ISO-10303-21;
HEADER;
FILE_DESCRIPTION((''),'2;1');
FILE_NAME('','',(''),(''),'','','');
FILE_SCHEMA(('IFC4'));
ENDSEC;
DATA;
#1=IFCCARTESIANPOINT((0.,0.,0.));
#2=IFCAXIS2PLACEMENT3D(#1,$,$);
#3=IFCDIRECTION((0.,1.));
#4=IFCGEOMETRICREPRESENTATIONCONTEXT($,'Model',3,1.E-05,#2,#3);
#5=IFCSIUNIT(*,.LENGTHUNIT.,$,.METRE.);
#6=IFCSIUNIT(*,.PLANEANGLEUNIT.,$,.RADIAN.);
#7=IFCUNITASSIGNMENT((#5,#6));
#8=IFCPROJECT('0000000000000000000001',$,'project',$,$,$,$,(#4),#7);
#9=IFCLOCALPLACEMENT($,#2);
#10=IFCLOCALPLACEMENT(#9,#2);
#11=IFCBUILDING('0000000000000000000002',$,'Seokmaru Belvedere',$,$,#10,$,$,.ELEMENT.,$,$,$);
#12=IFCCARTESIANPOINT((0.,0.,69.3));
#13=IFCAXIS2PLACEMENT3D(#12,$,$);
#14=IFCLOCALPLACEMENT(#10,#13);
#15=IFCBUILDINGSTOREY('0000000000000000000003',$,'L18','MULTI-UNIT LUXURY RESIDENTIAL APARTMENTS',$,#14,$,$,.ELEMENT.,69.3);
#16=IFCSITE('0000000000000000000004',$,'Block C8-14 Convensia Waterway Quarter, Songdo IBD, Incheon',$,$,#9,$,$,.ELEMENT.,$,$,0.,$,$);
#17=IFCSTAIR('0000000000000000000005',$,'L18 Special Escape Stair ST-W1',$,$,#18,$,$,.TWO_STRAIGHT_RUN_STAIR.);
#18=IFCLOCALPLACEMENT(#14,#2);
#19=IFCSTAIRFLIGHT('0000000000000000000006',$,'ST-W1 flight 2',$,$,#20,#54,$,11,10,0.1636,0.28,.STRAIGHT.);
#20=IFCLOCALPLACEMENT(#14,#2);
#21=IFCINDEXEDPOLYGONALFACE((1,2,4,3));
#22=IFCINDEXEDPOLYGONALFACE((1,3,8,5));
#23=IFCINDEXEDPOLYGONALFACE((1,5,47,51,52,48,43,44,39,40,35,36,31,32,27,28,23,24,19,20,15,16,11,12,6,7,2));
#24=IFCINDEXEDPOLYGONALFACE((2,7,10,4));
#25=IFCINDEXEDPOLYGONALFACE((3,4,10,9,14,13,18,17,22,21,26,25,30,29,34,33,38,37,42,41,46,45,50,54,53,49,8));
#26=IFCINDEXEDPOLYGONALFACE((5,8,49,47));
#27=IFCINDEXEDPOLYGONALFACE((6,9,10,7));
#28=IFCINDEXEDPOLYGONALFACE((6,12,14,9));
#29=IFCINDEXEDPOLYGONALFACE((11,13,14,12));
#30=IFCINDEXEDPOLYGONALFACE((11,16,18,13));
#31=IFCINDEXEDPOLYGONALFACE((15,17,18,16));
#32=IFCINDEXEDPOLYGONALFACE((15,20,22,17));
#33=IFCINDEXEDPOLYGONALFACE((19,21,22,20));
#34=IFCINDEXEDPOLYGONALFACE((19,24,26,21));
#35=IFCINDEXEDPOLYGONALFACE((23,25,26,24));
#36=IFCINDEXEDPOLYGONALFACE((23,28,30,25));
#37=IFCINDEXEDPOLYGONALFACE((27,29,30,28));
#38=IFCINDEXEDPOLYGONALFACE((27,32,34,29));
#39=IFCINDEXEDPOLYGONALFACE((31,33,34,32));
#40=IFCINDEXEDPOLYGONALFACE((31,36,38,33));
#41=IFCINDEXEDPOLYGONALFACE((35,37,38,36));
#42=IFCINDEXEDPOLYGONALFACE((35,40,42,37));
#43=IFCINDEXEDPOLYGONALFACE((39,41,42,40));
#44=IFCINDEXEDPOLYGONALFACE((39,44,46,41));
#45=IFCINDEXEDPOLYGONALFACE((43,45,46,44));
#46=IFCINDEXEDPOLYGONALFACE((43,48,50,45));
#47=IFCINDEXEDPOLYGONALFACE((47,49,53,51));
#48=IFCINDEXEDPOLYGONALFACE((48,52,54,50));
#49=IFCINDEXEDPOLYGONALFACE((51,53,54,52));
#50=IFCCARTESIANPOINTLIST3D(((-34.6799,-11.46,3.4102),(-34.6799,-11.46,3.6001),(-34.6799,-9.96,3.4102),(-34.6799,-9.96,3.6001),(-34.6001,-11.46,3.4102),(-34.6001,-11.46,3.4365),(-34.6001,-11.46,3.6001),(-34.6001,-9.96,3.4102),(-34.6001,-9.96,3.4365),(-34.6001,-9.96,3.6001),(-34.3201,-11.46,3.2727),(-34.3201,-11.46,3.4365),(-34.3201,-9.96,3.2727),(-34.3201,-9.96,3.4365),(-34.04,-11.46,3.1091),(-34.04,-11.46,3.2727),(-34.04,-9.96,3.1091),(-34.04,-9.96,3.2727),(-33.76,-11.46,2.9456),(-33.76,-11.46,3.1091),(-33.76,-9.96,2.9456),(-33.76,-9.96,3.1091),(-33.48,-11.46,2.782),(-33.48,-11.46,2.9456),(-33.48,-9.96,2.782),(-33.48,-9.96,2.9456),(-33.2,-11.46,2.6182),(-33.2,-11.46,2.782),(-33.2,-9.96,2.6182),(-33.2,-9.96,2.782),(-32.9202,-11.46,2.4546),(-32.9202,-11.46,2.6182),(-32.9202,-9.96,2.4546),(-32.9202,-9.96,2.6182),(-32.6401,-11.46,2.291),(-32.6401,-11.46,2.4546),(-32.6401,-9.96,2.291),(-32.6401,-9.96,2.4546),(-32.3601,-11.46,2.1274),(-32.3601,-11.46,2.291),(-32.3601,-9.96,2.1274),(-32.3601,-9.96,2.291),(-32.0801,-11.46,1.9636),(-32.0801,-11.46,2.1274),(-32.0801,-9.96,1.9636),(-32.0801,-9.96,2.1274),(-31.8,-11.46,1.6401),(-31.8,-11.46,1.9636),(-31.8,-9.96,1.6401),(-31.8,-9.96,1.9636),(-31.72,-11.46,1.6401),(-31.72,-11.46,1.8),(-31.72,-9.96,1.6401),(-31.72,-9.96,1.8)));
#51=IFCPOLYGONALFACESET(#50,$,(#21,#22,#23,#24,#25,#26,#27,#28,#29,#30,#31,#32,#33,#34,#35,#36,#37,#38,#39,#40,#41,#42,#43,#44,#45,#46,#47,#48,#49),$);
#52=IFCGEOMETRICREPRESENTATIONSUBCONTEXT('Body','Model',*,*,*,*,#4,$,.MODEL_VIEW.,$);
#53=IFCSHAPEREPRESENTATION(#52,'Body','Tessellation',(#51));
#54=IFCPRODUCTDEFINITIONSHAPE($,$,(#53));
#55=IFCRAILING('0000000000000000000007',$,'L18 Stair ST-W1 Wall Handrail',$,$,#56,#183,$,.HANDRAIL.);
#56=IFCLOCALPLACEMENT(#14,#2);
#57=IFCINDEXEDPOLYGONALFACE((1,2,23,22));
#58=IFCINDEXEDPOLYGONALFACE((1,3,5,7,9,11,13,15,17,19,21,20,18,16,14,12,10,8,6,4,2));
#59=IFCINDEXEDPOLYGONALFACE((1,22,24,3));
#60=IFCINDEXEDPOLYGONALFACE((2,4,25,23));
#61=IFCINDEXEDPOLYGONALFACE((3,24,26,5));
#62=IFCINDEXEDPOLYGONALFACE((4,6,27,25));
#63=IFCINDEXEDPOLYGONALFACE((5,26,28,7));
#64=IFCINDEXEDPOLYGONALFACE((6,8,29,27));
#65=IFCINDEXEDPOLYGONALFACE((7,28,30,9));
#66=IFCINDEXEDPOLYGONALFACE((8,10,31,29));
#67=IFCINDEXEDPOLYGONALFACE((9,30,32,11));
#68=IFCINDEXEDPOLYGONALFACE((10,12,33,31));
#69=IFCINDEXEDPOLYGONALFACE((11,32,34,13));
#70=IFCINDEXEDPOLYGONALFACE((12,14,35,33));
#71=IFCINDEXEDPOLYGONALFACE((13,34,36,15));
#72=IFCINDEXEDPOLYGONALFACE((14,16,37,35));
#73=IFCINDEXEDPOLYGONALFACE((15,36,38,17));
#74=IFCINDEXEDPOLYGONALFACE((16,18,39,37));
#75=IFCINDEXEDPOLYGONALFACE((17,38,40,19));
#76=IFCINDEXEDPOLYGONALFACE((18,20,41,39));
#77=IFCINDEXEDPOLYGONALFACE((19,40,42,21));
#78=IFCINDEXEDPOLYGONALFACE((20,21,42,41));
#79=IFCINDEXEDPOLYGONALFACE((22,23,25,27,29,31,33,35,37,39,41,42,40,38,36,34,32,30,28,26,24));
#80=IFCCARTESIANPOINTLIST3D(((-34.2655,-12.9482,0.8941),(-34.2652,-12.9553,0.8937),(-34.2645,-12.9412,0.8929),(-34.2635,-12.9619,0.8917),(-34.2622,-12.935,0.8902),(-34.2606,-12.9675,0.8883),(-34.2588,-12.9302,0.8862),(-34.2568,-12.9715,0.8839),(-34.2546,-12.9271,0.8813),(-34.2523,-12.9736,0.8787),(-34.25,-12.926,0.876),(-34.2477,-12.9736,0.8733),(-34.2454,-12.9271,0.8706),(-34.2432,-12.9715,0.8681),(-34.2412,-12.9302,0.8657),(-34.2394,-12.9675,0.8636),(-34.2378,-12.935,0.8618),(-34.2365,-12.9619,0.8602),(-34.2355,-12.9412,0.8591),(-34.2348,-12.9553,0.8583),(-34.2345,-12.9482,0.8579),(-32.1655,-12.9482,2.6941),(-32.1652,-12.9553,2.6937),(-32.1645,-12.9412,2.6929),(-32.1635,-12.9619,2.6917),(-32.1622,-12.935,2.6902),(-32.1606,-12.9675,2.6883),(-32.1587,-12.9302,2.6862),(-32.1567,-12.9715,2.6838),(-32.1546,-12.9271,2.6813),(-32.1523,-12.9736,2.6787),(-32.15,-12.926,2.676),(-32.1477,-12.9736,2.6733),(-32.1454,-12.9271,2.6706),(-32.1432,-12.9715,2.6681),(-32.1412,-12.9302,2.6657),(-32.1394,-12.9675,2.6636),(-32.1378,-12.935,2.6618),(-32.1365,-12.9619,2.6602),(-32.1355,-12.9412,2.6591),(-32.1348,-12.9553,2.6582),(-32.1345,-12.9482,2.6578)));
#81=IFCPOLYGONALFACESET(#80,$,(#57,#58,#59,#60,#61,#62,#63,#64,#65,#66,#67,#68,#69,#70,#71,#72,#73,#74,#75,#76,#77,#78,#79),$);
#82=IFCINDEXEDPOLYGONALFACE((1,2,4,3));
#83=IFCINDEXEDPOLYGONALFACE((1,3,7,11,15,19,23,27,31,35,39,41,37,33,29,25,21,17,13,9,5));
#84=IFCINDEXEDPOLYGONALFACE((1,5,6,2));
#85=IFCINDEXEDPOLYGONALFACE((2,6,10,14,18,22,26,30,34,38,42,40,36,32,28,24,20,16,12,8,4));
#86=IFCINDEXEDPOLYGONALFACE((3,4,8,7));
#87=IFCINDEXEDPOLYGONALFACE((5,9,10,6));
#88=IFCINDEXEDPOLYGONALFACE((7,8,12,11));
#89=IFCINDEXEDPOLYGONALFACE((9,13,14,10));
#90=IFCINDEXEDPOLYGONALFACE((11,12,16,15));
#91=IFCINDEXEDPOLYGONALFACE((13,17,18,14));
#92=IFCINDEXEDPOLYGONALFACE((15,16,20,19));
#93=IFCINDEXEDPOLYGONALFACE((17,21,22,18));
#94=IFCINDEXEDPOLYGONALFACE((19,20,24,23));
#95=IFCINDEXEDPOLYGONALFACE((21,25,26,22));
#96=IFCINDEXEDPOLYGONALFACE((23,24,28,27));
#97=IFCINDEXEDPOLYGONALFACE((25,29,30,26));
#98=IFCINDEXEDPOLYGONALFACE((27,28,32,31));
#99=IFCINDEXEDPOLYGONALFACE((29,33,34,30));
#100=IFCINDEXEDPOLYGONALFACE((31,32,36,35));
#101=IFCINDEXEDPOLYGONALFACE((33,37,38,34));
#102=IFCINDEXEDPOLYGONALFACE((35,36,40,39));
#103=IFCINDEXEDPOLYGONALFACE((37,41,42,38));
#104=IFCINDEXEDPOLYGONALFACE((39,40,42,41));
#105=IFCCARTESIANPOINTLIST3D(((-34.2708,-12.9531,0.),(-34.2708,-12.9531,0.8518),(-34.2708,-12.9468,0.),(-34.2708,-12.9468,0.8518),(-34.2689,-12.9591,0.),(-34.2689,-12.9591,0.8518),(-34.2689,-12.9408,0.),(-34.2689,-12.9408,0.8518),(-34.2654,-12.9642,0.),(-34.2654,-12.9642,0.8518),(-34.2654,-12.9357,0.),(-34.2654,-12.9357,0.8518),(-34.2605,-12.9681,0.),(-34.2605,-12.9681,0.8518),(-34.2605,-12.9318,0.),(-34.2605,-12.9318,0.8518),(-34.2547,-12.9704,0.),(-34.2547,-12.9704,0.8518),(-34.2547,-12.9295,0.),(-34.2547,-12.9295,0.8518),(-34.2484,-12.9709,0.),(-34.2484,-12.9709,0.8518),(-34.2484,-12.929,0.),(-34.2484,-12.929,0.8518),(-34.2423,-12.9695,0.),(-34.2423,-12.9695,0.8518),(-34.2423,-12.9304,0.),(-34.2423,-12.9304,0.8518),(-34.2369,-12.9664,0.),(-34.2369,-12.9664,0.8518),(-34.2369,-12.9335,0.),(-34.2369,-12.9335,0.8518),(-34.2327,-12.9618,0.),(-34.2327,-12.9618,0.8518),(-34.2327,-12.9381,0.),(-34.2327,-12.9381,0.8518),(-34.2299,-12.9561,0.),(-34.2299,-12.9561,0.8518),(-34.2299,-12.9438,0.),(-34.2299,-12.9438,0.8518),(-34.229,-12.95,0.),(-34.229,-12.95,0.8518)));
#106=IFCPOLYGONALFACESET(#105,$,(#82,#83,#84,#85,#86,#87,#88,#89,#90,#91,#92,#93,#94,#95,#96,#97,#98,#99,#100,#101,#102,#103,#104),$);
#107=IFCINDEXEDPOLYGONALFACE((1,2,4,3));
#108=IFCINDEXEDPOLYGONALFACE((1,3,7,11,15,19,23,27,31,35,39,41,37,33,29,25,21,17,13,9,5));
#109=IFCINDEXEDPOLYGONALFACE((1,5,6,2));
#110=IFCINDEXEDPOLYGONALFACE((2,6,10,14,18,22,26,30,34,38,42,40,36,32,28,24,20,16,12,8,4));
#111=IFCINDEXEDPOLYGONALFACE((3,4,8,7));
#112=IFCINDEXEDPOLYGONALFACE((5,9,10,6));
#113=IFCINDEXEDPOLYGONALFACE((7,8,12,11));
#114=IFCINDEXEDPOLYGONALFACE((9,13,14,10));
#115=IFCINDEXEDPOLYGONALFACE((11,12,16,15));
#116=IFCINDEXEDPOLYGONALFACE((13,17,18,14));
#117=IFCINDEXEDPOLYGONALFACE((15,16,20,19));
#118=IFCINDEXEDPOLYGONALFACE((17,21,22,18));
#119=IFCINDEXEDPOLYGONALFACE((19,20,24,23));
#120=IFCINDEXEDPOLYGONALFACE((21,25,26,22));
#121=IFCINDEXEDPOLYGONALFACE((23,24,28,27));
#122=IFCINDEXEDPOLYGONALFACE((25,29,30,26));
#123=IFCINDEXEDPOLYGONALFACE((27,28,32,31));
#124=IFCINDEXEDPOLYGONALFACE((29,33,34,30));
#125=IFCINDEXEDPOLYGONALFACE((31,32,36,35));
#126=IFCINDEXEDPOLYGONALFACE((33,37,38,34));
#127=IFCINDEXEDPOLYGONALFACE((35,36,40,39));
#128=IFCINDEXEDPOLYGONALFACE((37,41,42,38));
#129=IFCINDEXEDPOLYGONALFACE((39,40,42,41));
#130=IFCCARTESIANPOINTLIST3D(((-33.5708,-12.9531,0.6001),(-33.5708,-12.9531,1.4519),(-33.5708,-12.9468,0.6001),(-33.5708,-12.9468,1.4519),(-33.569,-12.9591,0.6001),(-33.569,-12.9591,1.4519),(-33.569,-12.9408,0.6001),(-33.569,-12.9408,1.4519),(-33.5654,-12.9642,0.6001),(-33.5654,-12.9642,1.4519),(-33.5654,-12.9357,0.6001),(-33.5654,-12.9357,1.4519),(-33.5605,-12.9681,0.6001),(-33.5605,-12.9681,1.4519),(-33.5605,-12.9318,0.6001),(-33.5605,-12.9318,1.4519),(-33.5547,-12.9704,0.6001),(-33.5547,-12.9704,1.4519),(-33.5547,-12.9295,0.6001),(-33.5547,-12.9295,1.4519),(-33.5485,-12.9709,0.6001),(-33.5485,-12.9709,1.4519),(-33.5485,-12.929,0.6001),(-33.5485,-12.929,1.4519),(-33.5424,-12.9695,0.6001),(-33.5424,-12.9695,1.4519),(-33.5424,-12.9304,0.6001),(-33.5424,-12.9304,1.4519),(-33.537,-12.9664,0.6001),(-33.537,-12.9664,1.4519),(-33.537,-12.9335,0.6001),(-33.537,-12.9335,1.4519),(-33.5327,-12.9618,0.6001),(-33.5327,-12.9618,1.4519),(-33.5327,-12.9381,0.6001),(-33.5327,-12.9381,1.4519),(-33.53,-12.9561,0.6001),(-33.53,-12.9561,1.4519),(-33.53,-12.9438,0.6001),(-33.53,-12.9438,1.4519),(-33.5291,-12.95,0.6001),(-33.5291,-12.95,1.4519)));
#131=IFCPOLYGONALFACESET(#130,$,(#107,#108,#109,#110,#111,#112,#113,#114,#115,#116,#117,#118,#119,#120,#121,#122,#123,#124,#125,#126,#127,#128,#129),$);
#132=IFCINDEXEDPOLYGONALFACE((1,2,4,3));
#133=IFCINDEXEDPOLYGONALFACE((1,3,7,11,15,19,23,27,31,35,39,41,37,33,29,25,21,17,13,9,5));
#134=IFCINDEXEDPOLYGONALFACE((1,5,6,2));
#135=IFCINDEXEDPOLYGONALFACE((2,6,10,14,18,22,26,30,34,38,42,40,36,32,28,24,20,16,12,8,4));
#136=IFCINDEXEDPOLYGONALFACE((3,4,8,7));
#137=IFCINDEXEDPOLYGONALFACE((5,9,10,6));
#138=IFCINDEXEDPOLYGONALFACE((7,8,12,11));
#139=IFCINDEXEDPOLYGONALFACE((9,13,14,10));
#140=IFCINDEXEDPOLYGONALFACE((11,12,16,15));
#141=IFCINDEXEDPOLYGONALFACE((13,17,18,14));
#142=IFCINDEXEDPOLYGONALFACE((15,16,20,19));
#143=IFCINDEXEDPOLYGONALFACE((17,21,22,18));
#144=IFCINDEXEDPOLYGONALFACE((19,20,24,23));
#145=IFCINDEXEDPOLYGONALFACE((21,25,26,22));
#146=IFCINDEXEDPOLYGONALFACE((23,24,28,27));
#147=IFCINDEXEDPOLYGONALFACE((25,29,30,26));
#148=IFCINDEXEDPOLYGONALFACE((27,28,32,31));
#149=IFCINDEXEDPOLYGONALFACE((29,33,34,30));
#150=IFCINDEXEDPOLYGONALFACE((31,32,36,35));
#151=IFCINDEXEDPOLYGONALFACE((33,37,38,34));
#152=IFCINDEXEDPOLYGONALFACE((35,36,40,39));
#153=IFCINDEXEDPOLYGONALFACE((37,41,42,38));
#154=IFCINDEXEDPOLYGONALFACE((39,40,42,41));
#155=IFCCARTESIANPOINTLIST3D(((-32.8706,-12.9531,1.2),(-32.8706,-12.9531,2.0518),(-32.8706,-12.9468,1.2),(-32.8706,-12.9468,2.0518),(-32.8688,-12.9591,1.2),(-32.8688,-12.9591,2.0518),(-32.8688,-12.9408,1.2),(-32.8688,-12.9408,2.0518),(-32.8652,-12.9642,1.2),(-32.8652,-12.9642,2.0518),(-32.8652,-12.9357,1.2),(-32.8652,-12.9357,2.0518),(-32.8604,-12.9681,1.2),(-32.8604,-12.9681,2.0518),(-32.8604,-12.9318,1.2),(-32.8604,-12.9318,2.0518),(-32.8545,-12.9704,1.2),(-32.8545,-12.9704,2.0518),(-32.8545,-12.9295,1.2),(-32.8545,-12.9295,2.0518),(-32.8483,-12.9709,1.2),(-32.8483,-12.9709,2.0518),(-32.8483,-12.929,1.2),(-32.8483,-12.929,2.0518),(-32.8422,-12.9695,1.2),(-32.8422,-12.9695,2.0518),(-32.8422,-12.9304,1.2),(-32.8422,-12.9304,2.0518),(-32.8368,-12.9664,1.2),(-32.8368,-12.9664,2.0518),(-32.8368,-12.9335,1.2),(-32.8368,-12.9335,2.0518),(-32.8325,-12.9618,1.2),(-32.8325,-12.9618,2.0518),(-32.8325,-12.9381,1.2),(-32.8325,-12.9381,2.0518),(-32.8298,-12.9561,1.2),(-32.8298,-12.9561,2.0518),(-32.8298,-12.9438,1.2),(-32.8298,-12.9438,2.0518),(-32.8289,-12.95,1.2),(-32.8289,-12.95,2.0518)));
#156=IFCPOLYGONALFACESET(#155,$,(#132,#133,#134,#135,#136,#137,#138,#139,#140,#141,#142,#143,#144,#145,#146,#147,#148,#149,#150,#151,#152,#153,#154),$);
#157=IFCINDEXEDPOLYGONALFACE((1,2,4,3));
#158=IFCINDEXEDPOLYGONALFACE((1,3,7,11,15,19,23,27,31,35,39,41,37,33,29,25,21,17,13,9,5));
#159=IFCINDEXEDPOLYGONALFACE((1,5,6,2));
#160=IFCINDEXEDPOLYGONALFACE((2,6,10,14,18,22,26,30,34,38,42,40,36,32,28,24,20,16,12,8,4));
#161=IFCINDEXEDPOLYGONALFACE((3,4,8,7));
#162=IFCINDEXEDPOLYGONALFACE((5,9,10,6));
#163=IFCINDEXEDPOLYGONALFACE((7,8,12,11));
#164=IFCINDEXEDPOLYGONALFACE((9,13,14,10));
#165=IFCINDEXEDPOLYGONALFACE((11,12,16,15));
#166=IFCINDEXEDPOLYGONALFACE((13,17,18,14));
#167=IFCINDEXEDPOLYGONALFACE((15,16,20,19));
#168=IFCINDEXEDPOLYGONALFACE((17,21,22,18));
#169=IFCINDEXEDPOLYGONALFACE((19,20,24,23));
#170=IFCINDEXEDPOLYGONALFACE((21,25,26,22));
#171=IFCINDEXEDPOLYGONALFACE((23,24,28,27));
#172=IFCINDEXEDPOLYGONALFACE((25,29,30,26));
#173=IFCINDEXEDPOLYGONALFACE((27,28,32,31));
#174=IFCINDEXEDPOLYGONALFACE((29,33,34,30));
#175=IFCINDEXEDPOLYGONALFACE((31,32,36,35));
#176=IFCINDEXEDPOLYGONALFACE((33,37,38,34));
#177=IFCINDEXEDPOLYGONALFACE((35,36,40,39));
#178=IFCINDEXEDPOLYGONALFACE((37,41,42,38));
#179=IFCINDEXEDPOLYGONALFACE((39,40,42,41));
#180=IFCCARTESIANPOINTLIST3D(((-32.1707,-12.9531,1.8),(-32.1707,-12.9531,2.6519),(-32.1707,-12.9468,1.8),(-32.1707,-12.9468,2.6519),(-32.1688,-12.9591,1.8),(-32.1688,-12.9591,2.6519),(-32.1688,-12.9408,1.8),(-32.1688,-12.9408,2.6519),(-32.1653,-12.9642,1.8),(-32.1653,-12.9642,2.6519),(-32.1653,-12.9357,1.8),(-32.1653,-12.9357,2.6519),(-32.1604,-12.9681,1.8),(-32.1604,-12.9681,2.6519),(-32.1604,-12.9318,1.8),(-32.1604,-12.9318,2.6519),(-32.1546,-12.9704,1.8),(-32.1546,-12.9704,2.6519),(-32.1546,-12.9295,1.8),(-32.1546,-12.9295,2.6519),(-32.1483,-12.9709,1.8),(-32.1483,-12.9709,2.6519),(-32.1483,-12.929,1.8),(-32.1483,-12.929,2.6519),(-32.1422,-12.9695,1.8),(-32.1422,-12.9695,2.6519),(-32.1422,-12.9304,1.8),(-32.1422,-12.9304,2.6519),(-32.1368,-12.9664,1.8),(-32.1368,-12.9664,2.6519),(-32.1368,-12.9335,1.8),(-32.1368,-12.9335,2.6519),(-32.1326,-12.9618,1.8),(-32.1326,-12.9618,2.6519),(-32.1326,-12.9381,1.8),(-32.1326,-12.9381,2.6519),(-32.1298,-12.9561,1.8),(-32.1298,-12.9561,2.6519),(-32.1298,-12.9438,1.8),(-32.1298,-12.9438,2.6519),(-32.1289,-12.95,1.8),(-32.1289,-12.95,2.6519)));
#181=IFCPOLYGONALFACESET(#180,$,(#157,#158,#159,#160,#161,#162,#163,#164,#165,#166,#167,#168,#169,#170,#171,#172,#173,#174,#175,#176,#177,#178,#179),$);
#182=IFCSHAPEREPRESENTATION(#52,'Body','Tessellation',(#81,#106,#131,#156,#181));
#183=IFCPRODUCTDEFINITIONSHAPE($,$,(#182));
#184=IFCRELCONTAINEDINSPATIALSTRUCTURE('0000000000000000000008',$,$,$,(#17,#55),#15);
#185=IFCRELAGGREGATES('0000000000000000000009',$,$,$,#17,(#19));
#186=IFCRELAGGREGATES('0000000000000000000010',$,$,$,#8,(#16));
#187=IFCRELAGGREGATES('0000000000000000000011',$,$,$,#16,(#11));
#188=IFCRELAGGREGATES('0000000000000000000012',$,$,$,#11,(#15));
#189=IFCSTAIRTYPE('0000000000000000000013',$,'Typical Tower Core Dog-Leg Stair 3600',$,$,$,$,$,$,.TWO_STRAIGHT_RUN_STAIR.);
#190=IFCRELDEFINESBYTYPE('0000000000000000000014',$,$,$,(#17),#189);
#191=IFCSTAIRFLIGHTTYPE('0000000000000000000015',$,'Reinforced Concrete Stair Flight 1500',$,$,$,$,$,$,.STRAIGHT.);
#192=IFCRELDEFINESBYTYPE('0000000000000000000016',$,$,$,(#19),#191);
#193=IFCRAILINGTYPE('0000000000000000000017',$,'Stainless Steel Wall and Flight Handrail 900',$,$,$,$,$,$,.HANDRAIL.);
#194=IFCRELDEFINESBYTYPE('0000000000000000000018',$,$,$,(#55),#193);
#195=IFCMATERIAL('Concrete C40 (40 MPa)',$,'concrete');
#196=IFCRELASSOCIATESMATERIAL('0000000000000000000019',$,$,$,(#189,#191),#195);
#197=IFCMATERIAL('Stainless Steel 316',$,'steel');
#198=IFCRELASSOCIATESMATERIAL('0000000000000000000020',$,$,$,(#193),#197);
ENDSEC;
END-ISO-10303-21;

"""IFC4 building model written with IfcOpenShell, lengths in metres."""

from ifc_helpers import new_model, si_unit, direction, frame, origin, origin_2d, place, context, subcontext, project, spatial, polyline, circle, outline, extrude, material, type_object, element, aggregate, save


model = new_model("IFC4")

# Units and contexts
model_context = context("Model", 3, precision=1e-05, world=origin(), true_north=direction((0.0, 1.0)))
body_context = subcontext(model_context, "Body", "Model", "MODEL_VIEW")
ifc_project = project(units=[si_unit("LENGTHUNIT", "METRE"), si_unit("PLANEANGLEUNIT", "RADIAN")], contexts=[model_context])

# Site, building, storey
site_placement = place(None, origin())
site = spatial("IfcSite", under=ifc_project, at=site_placement, Name="Block C8-14 Convensia Waterway Quarter, Songdo IBD, Incheon", CompositionType="ELEMENT", RefElevation=0.0)
building_placement = place(site_placement, origin())
building = spatial("IfcBuilding", under=site, at=building_placement, Name="Seokmaru Belvedere", CompositionType="ELEMENT")
storey_placement = place(building_placement, frame((0.0, 0.0, 69.3)))
storey = spatial("IfcBuildingStorey", under=building, at=storey_placement, Name="L18", Description="MULTI-UNIT LUXURY RESIDENTIAL APARTMENTS", CompositionType="ELEMENT", Elevation=69.3)

# Shared definitions
ifc_material_1 = material(Name="Stainless Steel 316", Category="steel")

# Stair, stair flight
ifc_material_2 = material(Name="Concrete C40 (40 MPa)", Category="concrete")
stair_type = type_object("IfcStairType", Name="Typical Tower Core Dog-Leg Stair 3600", PredefinedType="TWO_STRAIGHT_RUN_STAIR", material=ifc_material_2)
stair_placement = place(storey_placement, origin())
stair = element("IfcStair", 1, at=stair_placement, inside=storey, type_object=stair_type, Name="L18 Special Escape Stair ST-W1", PredefinedType="TWO_STRAIGHT_RUN_STAIR")
stair_flight_type = type_object("IfcStairFlightType", Name="Reinforced Concrete Stair Flight 1500", PredefinedType="STRAIGHT", material=ifc_material_2)
stair_flight_1_placement = place(storey_placement, frame((-31.8, -10.71, 1.8), z_axis=(0.0, 0.0, 1.0), x_axis=(-1.0, 0.0, 0.0)))
stair_flight_1 = element("IfcStairFlight", 2, at=stair_flight_1_placement, type_object=stair_flight_type, Name="ST-W1 flight 2", NumberOfRisers=11, NumberOfTreads=10, PredefinedType="STRAIGHT", RiserHeight=0.1636, TreadLength=0.28, context=body_context, shape_type="SweptSolid", body=[
    extrude(outline(polyline([(-0.0801, 0.0), (0.0, 0.1636), (0.28, 0.1636), (0.28, 0.3274), (0.5601, 0.3274), (0.5601, 0.491), (0.8401, 0.491), (0.8401, 0.6545), (1.1201, 0.6545), (1.1201, 0.8181), (1.3999, 0.8181), (1.3999, 0.9819), (1.6799, 0.9819), (1.6799, 1.1455), (1.96, 1.1455), (1.96, 1.3091), (2.24, 1.3091), (2.24, 1.4727), (2.52, 1.4727), (2.52, 1.6365), (2.8, 1.6365), (2.8, 1.8), (2.8799, 1.8), (2.8799, 1.6101), (2.8, 1.6101), (0.0, -0.1599), (-0.0801, -0.1599), (-0.0801, 0.0)])), frame((0.0, 0.75, 0.0), z_axis=(0.0, -1.0, 0.0), x_axis=(1.0, 0.0, 0.0)), (0.0, 0.0, 1.0), 1.5),
])
aggregate(stair, [stair_flight_1])

# Railing
railing_type_1 = type_object("IfcRailingType", Name="Stainless Steel Wall and Flight Handrail 900", PredefinedType="HANDRAIL", material=ifc_material_1)
railing_1_placement = place(storey_placement, frame((-34.25, -12.95, 0.0)))
element("IfcRailing", 3, at=railing_1_placement, inside=storey, type_object=railing_type_1, Name="L18 Stair ST-W1 Wall Handrail", PredefinedType="HANDRAIL", context=body_context, shape_type="SweptSolid", body=[
    extrude(circle(Radius=0.0239, at=origin_2d()), frame((0.0, 0.0, 0.876), z_axis=(0.759263, 0.0, 0.650784), x_axis=(0.0, 1.0, 0.0)), (0.0, 0.0, 1.0), 2.7659),
    extrude(circle(Radius=0.021, at=origin_2d()), origin(), (0.0, 0.0, 1.0), 0.8518),
    extrude(circle(Radius=0.021, at=origin_2d()), frame((0.7, 0.0, 0.6001)), (0.0, 0.0, 1.0), 0.8518),
    extrude(circle(Radius=0.021, at=origin_2d()), frame((1.4001, 0.0, 1.2)), (0.0, 0.0, 1.0), 0.8518),
    extrude(circle(Radius=0.021, at=origin_2d()), frame((2.1001, 0.0, 1.8)), (0.0, 0.0, 1.0), 0.8518),
])

save(model, "model.ifc")
